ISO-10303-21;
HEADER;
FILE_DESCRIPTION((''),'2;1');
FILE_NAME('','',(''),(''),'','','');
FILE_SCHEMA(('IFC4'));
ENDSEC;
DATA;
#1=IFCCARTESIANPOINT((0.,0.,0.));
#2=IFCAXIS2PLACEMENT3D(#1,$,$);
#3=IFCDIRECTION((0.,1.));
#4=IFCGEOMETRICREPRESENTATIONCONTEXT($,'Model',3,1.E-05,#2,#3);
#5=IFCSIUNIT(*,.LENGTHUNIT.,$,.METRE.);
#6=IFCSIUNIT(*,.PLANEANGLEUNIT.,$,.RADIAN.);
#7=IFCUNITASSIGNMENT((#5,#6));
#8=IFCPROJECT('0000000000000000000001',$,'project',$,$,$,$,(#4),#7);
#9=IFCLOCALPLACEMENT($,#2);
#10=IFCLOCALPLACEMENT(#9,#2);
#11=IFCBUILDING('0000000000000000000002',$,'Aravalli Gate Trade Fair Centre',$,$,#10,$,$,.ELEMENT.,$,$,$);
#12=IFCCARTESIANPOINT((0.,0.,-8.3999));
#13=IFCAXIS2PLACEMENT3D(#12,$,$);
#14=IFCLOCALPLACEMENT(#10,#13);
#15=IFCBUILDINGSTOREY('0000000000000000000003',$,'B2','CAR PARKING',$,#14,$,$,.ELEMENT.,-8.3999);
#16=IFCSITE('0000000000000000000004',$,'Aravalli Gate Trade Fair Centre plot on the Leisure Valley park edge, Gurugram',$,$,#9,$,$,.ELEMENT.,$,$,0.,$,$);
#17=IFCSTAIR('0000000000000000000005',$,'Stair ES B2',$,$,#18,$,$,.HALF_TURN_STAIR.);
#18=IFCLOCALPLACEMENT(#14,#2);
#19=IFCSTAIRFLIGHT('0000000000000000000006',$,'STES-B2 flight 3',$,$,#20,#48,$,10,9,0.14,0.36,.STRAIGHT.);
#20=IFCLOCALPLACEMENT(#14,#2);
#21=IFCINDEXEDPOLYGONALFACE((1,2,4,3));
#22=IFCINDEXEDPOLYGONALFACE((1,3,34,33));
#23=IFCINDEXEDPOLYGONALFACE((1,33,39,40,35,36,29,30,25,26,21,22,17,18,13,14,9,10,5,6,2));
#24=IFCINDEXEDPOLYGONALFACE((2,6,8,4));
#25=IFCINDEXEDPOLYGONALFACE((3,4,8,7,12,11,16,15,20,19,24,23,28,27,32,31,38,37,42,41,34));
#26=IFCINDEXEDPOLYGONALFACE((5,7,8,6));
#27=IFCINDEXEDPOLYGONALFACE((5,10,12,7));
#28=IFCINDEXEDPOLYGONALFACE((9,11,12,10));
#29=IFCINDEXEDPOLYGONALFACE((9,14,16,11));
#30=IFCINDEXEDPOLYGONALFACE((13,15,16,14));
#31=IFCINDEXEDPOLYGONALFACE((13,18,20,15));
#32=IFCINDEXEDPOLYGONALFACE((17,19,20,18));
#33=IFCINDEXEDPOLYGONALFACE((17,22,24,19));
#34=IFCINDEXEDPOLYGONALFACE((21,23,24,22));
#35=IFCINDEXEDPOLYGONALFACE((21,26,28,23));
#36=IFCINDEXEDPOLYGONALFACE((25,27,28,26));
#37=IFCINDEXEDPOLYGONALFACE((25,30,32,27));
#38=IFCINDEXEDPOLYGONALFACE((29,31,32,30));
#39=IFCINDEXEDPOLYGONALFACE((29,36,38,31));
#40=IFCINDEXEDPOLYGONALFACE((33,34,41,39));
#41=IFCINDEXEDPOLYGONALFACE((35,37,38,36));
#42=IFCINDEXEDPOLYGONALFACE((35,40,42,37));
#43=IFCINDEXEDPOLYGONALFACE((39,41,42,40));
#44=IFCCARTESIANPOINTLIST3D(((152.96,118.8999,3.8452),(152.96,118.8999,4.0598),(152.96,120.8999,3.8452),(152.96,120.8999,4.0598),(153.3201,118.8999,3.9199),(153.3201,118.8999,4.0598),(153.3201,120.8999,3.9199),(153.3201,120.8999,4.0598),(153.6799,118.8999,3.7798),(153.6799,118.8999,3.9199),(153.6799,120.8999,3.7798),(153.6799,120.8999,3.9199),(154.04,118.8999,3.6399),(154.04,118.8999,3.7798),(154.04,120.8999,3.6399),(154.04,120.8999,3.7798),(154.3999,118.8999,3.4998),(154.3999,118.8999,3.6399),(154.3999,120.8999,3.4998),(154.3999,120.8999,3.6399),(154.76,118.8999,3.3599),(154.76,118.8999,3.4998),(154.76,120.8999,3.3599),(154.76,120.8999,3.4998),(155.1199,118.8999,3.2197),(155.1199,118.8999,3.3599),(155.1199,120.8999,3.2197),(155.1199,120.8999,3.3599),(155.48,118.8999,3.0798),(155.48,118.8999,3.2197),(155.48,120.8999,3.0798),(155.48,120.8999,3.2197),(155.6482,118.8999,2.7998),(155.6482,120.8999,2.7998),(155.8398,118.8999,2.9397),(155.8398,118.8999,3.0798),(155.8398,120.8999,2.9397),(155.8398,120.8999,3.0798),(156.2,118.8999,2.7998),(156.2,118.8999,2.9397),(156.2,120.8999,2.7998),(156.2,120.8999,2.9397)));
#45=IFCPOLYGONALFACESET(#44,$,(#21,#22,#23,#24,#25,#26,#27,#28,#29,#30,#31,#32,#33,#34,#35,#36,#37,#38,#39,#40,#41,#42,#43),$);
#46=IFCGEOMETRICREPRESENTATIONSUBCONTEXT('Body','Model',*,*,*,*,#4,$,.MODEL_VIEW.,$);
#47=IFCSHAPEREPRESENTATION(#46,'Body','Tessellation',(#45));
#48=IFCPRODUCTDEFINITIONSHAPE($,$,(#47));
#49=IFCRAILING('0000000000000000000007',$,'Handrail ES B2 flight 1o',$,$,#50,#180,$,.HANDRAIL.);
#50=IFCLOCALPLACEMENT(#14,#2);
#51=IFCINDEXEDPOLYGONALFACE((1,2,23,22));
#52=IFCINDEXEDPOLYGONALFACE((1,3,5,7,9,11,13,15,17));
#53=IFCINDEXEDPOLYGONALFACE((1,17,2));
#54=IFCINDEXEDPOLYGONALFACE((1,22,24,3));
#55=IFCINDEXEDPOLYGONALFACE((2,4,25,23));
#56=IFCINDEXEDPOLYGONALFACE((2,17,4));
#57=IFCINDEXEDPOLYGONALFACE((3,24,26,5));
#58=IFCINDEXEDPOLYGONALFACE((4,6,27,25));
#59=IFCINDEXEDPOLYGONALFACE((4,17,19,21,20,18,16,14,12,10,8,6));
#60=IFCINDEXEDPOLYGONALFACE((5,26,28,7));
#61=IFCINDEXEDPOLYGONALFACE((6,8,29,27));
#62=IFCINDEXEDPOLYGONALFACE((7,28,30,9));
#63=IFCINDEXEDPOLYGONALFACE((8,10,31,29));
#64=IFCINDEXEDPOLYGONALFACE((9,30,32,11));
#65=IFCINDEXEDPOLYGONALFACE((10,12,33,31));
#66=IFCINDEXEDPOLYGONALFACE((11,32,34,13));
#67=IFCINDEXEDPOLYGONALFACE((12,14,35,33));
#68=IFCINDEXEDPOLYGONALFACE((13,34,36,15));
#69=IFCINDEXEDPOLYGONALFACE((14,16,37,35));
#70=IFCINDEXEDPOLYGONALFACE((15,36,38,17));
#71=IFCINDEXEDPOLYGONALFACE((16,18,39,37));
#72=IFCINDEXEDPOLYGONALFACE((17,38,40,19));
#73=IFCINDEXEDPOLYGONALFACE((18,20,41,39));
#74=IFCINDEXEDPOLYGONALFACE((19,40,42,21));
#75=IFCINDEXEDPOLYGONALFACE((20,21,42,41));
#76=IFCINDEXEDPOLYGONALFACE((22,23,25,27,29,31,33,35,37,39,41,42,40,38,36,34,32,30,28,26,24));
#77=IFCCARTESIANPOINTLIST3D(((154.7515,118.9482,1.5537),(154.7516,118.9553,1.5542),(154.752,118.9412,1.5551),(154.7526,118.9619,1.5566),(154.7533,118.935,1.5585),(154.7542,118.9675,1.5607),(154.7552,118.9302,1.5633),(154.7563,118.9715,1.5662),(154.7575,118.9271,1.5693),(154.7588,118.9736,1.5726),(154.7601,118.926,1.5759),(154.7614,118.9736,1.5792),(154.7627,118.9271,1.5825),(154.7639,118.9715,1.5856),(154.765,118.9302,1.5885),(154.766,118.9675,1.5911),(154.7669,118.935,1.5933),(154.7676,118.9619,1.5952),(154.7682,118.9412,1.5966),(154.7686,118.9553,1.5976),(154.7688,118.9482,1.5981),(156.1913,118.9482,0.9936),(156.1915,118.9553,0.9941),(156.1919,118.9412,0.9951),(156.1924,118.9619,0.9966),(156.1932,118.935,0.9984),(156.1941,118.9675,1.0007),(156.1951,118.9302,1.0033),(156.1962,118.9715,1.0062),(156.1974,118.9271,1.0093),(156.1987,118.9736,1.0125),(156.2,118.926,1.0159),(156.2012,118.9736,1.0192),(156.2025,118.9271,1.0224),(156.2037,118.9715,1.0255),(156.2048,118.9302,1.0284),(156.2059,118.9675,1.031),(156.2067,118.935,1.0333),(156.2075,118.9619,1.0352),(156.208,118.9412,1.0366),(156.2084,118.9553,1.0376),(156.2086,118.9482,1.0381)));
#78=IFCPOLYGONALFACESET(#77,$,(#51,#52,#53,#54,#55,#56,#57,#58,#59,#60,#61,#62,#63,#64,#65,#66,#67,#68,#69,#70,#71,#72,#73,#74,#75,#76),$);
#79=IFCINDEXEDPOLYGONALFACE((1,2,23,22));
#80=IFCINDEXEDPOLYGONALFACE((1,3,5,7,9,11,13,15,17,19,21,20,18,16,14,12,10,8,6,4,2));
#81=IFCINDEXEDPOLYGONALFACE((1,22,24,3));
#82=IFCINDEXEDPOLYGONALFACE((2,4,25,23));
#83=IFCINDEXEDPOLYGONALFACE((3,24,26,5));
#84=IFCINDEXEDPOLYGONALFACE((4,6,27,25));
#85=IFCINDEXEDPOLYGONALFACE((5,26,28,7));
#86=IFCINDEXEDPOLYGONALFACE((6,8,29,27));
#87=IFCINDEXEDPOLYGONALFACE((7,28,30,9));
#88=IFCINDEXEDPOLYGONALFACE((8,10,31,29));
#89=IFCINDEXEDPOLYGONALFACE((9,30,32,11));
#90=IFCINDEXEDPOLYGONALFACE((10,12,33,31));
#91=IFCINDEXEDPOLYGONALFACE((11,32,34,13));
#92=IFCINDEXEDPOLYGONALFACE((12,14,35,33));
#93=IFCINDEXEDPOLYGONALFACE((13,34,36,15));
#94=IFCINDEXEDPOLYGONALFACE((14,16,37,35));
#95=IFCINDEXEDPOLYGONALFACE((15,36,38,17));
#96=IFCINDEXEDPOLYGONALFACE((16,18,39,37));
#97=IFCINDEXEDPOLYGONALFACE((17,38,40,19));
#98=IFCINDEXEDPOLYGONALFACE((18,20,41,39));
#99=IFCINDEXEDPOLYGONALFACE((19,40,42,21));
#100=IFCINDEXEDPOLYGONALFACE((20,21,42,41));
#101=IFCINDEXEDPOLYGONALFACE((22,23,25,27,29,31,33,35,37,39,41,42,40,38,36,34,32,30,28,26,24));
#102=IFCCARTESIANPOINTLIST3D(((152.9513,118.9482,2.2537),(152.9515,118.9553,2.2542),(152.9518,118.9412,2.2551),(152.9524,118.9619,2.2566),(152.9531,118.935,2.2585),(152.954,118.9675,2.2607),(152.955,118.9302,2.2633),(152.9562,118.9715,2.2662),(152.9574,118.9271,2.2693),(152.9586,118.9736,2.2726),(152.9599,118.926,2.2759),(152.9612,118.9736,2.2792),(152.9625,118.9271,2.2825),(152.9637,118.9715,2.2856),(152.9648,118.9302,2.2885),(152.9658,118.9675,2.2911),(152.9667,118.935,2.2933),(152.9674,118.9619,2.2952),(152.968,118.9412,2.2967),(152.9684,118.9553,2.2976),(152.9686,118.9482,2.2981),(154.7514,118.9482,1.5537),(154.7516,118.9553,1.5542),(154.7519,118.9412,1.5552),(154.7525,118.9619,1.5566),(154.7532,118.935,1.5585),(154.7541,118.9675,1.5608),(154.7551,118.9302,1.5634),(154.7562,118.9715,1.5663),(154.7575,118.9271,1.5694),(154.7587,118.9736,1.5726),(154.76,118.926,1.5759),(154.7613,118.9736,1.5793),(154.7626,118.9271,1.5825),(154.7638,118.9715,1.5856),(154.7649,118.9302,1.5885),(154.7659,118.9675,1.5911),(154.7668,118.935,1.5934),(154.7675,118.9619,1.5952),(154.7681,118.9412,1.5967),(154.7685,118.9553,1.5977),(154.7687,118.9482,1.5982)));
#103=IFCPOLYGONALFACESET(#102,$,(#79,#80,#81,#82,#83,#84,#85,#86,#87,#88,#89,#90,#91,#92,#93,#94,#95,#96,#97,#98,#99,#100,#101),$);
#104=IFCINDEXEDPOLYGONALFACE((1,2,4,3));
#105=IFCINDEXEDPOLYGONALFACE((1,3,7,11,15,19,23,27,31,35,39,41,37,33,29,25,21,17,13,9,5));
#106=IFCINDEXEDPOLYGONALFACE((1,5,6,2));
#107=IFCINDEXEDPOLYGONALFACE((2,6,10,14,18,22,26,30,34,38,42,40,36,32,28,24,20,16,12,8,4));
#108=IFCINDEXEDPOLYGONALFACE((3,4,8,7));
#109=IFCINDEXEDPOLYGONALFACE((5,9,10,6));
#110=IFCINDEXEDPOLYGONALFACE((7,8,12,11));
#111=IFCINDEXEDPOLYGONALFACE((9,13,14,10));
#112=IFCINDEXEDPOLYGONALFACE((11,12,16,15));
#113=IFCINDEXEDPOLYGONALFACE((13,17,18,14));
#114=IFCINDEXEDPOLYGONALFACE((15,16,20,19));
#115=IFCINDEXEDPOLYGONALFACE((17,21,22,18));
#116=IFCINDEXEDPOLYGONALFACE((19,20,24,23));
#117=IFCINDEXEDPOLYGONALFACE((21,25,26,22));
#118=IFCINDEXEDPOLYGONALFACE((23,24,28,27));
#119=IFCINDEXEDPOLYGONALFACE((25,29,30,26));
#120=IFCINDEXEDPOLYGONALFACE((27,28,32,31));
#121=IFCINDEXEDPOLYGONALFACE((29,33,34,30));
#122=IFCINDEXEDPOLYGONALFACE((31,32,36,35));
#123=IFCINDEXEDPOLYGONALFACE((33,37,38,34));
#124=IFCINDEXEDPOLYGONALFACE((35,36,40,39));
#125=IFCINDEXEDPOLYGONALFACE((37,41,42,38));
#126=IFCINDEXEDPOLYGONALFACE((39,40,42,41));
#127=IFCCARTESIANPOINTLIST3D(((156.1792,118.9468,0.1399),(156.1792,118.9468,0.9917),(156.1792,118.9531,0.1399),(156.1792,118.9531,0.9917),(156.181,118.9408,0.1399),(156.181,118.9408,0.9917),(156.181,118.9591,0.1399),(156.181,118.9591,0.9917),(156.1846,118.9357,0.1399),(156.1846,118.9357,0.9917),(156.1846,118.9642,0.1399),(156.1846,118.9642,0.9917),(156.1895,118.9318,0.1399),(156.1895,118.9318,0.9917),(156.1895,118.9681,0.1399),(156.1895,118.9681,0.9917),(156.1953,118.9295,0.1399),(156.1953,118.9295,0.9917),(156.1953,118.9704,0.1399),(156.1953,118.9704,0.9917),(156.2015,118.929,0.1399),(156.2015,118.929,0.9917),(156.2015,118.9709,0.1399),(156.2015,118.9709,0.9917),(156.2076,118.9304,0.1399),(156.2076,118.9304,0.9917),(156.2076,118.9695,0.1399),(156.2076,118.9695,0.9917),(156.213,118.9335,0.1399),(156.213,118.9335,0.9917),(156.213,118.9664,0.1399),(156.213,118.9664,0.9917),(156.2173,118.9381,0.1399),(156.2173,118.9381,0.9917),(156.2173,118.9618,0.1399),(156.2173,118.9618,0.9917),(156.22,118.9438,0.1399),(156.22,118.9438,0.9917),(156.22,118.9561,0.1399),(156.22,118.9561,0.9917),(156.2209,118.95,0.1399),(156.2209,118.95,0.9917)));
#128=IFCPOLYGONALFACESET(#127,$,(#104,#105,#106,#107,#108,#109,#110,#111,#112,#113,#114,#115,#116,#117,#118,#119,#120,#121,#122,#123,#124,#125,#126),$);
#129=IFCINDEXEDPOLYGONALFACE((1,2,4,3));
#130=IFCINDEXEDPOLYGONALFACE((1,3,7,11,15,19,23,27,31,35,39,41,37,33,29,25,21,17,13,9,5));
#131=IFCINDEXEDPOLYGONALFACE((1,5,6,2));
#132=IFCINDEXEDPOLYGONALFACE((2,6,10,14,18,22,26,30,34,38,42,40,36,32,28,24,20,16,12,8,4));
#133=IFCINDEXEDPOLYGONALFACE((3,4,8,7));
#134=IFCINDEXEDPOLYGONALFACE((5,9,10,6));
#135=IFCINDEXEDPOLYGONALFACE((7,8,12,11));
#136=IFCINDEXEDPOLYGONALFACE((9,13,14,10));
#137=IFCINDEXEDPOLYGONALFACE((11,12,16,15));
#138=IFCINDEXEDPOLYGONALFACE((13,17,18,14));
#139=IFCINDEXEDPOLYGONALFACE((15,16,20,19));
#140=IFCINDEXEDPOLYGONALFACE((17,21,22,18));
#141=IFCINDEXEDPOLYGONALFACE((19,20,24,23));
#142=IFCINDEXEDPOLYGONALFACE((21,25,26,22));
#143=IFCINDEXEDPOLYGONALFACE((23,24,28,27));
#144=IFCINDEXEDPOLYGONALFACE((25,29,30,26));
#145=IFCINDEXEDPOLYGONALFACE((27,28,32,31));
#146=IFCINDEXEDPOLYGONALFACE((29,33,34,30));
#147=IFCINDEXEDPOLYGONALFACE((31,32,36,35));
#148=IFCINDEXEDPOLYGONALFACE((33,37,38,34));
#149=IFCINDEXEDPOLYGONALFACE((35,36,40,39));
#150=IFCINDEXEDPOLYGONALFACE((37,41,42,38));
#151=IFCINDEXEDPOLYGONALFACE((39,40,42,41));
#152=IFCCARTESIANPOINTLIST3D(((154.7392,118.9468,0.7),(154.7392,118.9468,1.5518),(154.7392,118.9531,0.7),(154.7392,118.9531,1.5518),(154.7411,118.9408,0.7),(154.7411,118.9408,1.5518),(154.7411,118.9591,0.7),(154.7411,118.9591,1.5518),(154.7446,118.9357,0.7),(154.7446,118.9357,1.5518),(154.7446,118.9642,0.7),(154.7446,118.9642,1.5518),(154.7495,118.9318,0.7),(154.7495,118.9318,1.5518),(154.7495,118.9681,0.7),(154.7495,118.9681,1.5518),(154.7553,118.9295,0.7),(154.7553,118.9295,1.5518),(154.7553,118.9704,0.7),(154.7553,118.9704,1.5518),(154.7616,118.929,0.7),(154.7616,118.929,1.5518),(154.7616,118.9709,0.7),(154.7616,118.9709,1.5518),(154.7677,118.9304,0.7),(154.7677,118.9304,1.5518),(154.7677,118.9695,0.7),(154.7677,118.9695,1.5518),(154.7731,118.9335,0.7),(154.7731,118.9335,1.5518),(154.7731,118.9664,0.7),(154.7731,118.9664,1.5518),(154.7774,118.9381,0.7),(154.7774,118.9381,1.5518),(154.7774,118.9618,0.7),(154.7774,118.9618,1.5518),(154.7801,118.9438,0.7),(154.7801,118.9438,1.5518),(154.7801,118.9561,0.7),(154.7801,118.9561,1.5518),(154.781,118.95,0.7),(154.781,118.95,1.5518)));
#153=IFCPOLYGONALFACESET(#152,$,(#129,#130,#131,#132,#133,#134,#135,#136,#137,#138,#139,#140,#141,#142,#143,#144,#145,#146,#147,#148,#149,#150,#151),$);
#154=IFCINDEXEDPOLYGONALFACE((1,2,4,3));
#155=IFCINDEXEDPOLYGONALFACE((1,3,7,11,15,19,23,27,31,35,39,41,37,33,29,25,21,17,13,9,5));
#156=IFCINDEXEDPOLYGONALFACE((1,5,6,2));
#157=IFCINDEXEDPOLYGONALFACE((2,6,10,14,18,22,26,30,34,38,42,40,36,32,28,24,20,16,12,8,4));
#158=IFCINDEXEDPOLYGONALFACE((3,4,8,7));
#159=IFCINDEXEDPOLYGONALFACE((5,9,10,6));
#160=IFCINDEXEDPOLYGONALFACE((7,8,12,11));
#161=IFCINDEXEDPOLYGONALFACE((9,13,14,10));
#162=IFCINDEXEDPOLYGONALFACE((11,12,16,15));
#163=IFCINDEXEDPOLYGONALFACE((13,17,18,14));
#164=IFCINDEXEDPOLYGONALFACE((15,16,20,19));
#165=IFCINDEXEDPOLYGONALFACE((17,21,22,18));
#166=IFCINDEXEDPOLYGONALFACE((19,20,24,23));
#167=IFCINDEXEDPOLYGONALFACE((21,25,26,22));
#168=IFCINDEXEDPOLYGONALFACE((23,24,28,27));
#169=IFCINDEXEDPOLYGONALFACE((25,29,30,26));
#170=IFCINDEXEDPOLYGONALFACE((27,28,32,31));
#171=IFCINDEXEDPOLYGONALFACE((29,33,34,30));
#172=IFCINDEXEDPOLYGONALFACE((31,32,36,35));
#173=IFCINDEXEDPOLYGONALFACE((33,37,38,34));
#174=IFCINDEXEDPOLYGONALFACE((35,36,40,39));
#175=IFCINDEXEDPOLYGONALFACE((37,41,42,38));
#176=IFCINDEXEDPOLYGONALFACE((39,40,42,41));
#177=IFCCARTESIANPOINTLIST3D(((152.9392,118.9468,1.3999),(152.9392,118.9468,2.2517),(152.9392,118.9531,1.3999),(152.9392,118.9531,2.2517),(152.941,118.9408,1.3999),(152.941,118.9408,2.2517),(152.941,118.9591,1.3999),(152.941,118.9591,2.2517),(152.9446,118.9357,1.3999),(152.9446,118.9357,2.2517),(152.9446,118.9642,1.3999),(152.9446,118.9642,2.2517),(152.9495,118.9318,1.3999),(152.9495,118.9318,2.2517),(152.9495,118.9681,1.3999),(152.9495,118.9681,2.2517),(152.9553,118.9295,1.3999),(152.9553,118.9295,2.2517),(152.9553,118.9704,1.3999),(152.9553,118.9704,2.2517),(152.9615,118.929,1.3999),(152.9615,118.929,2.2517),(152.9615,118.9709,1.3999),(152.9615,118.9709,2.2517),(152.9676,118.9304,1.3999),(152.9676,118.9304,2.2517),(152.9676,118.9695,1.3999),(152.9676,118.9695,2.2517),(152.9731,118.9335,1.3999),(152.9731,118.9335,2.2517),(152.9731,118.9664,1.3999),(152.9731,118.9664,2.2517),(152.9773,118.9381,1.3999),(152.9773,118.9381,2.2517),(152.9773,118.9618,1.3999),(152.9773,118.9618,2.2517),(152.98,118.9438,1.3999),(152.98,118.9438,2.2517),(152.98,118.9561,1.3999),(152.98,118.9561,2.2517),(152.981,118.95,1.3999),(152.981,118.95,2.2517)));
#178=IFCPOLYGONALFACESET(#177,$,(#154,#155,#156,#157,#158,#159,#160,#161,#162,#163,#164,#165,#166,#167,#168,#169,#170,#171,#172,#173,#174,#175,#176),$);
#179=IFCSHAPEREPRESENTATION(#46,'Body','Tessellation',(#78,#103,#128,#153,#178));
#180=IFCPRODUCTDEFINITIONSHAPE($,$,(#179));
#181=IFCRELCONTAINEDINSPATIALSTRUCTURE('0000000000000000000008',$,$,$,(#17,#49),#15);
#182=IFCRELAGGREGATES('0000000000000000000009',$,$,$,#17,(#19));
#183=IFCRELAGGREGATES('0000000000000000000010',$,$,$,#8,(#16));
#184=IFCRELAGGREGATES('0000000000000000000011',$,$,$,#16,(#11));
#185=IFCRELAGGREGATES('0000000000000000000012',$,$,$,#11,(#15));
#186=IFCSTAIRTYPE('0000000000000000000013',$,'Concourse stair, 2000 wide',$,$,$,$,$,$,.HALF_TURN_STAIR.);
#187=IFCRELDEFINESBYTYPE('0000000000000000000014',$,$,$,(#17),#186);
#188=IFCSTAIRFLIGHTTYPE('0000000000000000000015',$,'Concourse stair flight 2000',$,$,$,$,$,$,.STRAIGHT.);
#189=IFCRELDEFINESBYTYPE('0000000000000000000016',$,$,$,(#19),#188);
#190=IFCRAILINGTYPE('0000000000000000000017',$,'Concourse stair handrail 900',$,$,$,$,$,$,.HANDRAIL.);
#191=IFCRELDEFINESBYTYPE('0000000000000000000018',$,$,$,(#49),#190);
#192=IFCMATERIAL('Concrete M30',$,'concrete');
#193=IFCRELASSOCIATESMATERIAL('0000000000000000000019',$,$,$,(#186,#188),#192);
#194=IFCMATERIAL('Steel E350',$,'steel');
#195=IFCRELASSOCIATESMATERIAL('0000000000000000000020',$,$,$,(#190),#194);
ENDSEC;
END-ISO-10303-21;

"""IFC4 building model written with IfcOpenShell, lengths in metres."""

from ifc_helpers import new_model, si_unit, direction, frame, origin, origin_2d, place, context, subcontext, project, spatial, polyline, circle, outline, extrude, material, type_object, element, aggregate, save


model = new_model("IFC4")

# Units and contexts
model_context = context("Model", 3, precision=1e-05, world=origin(), true_north=direction((0.0, 1.0)))
body_context = subcontext(model_context, "Body", "Model", "MODEL_VIEW")
ifc_project = project(units=[si_unit("LENGTHUNIT", "METRE"), si_unit("PLANEANGLEUNIT", "RADIAN")], contexts=[model_context])

# Site, building, storey
site_placement = place(None, origin())
site = spatial("IfcSite", under=ifc_project, at=site_placement, Name="Aravalli Gate Trade Fair Centre plot on the Leisure Valley park edge, Gurugram", CompositionType="ELEMENT", RefElevation=0.0)
building_placement = place(site_placement, origin())
building = spatial("IfcBuilding", under=site, at=building_placement, Name="Aravalli Gate Trade Fair Centre", CompositionType="ELEMENT")
storey_placement = place(building_placement, frame((0.0, 0.0, -8.3999)))
storey = spatial("IfcBuildingStorey", under=building, at=storey_placement, Name="B2", Description="CAR PARKING", CompositionType="ELEMENT", Elevation=-8.3999)

# Shared definitions
ifc_material_1 = material(Name="Steel E350", Category="steel")

# Stair, stair flight
ifc_material_2 = material(Name="Concrete M30", Category="concrete")
stair_type = type_object("IfcStairType", Name="Concourse stair, 2000 wide", PredefinedType="HALF_TURN_STAIR", material=ifc_material_2)
stair_placement = place(storey_placement, origin())
stair = element("IfcStair", 1, at=stair_placement, inside=storey, type_object=stair_type, Name="Stair ES B2", PredefinedType="HALF_TURN_STAIR")
stair_flight_type = type_object("IfcStairFlightType", Name="Concourse stair flight 2000", PredefinedType="STRAIGHT", material=ifc_material_2)
stair_flight_1_placement = place(storey_placement, frame((156.2, 119.8999, 2.7998), z_axis=(0.0, 0.0, 1.0), x_axis=(-1.0, 0.0, 0.0)))
stair_flight_1 = element("IfcStairFlight", 2, at=stair_flight_1_placement, type_object=stair_flight_type, Name="STES-B2 flight 3", NumberOfRisers=10, NumberOfTreads=9, PredefinedType="STRAIGHT", RiserHeight=0.14, TreadLength=0.36, context=body_context, shape_type="SweptSolid", body=[
    extrude(outline(polyline([(0.0, 0.0), (0.0, 0.1399), (0.3601, 0.1399), (0.3601, 0.28), (0.72, 0.28), (0.72, 0.4199), (1.0801, 0.4199), (1.0801, 0.5601), (1.4399, 0.5601), (1.4399, 0.7), (1.8, 0.7), (1.8, 0.8401), (2.1599, 0.8401), (2.1599, 0.98), (2.52, 0.98), (2.52, 1.1201), (2.8799, 1.1201), (2.8799, 1.26), (3.24, 1.26), (3.24, 1.3999), (3.24, 1.0454), (0.5518, 0.0), (0.0, 0.0)])), frame((0.0, 1.0, 0.0), z_axis=(0.0, -1.0, 0.0), x_axis=(1.0, 0.0, 0.0)), (0.0, 0.0, 1.0), 2.0),
])
aggregate(stair, [stair_flight_1])

# Railing
railing_type = type_object("IfcRailingType", Name="Concourse stair handrail 900", PredefinedType="HANDRAIL", material=ifc_material_1)
for number, where, name in (
    (3, (156.2, 118.95, 0.1399), "Handrail ES B2 flight 1o"),
):
    element("IfcRailing", number, at=place(storey_placement, frame(where)), inside=storey, type_object=railing_type, Name=name, PredefinedType="HANDRAIL", context=body_context, shape_type="SweptSolid", body=[
        extrude(circle(Radius=0.0239, at=origin_2d()), frame((0.0, 0.0, 0.876), z_axis=(-0.931987, 0.0, 0.362492), x_axis=(0.0, -1.0, 0.0)), (0.0, 0.0, 1.0), 1.5449),
        extrude(circle(Radius=0.0239, at=origin_2d()), frame((-1.4399, 0.0, 1.436), z_axis=(-0.932017, 0.0, 0.362416), x_axis=(0.0, -1.0, 0.0)), (0.0, 0.0, 1.0), 1.9314),
        extrude(circle(Radius=0.021, at=origin_2d()), origin(), (0.0, 0.0, 1.0), 0.8518),
        extrude(circle(Radius=0.021, at=origin_2d()), frame((-1.4399, 0.0, 0.5601)), (0.0, 0.0, 1.0), 0.8518),
        extrude(circle(Radius=0.021, at=origin_2d()), frame((-3.24, 0.0, 1.26)), (0.0, 0.0, 1.0), 0.8518),
    ])

save(model, "model.ifc")
